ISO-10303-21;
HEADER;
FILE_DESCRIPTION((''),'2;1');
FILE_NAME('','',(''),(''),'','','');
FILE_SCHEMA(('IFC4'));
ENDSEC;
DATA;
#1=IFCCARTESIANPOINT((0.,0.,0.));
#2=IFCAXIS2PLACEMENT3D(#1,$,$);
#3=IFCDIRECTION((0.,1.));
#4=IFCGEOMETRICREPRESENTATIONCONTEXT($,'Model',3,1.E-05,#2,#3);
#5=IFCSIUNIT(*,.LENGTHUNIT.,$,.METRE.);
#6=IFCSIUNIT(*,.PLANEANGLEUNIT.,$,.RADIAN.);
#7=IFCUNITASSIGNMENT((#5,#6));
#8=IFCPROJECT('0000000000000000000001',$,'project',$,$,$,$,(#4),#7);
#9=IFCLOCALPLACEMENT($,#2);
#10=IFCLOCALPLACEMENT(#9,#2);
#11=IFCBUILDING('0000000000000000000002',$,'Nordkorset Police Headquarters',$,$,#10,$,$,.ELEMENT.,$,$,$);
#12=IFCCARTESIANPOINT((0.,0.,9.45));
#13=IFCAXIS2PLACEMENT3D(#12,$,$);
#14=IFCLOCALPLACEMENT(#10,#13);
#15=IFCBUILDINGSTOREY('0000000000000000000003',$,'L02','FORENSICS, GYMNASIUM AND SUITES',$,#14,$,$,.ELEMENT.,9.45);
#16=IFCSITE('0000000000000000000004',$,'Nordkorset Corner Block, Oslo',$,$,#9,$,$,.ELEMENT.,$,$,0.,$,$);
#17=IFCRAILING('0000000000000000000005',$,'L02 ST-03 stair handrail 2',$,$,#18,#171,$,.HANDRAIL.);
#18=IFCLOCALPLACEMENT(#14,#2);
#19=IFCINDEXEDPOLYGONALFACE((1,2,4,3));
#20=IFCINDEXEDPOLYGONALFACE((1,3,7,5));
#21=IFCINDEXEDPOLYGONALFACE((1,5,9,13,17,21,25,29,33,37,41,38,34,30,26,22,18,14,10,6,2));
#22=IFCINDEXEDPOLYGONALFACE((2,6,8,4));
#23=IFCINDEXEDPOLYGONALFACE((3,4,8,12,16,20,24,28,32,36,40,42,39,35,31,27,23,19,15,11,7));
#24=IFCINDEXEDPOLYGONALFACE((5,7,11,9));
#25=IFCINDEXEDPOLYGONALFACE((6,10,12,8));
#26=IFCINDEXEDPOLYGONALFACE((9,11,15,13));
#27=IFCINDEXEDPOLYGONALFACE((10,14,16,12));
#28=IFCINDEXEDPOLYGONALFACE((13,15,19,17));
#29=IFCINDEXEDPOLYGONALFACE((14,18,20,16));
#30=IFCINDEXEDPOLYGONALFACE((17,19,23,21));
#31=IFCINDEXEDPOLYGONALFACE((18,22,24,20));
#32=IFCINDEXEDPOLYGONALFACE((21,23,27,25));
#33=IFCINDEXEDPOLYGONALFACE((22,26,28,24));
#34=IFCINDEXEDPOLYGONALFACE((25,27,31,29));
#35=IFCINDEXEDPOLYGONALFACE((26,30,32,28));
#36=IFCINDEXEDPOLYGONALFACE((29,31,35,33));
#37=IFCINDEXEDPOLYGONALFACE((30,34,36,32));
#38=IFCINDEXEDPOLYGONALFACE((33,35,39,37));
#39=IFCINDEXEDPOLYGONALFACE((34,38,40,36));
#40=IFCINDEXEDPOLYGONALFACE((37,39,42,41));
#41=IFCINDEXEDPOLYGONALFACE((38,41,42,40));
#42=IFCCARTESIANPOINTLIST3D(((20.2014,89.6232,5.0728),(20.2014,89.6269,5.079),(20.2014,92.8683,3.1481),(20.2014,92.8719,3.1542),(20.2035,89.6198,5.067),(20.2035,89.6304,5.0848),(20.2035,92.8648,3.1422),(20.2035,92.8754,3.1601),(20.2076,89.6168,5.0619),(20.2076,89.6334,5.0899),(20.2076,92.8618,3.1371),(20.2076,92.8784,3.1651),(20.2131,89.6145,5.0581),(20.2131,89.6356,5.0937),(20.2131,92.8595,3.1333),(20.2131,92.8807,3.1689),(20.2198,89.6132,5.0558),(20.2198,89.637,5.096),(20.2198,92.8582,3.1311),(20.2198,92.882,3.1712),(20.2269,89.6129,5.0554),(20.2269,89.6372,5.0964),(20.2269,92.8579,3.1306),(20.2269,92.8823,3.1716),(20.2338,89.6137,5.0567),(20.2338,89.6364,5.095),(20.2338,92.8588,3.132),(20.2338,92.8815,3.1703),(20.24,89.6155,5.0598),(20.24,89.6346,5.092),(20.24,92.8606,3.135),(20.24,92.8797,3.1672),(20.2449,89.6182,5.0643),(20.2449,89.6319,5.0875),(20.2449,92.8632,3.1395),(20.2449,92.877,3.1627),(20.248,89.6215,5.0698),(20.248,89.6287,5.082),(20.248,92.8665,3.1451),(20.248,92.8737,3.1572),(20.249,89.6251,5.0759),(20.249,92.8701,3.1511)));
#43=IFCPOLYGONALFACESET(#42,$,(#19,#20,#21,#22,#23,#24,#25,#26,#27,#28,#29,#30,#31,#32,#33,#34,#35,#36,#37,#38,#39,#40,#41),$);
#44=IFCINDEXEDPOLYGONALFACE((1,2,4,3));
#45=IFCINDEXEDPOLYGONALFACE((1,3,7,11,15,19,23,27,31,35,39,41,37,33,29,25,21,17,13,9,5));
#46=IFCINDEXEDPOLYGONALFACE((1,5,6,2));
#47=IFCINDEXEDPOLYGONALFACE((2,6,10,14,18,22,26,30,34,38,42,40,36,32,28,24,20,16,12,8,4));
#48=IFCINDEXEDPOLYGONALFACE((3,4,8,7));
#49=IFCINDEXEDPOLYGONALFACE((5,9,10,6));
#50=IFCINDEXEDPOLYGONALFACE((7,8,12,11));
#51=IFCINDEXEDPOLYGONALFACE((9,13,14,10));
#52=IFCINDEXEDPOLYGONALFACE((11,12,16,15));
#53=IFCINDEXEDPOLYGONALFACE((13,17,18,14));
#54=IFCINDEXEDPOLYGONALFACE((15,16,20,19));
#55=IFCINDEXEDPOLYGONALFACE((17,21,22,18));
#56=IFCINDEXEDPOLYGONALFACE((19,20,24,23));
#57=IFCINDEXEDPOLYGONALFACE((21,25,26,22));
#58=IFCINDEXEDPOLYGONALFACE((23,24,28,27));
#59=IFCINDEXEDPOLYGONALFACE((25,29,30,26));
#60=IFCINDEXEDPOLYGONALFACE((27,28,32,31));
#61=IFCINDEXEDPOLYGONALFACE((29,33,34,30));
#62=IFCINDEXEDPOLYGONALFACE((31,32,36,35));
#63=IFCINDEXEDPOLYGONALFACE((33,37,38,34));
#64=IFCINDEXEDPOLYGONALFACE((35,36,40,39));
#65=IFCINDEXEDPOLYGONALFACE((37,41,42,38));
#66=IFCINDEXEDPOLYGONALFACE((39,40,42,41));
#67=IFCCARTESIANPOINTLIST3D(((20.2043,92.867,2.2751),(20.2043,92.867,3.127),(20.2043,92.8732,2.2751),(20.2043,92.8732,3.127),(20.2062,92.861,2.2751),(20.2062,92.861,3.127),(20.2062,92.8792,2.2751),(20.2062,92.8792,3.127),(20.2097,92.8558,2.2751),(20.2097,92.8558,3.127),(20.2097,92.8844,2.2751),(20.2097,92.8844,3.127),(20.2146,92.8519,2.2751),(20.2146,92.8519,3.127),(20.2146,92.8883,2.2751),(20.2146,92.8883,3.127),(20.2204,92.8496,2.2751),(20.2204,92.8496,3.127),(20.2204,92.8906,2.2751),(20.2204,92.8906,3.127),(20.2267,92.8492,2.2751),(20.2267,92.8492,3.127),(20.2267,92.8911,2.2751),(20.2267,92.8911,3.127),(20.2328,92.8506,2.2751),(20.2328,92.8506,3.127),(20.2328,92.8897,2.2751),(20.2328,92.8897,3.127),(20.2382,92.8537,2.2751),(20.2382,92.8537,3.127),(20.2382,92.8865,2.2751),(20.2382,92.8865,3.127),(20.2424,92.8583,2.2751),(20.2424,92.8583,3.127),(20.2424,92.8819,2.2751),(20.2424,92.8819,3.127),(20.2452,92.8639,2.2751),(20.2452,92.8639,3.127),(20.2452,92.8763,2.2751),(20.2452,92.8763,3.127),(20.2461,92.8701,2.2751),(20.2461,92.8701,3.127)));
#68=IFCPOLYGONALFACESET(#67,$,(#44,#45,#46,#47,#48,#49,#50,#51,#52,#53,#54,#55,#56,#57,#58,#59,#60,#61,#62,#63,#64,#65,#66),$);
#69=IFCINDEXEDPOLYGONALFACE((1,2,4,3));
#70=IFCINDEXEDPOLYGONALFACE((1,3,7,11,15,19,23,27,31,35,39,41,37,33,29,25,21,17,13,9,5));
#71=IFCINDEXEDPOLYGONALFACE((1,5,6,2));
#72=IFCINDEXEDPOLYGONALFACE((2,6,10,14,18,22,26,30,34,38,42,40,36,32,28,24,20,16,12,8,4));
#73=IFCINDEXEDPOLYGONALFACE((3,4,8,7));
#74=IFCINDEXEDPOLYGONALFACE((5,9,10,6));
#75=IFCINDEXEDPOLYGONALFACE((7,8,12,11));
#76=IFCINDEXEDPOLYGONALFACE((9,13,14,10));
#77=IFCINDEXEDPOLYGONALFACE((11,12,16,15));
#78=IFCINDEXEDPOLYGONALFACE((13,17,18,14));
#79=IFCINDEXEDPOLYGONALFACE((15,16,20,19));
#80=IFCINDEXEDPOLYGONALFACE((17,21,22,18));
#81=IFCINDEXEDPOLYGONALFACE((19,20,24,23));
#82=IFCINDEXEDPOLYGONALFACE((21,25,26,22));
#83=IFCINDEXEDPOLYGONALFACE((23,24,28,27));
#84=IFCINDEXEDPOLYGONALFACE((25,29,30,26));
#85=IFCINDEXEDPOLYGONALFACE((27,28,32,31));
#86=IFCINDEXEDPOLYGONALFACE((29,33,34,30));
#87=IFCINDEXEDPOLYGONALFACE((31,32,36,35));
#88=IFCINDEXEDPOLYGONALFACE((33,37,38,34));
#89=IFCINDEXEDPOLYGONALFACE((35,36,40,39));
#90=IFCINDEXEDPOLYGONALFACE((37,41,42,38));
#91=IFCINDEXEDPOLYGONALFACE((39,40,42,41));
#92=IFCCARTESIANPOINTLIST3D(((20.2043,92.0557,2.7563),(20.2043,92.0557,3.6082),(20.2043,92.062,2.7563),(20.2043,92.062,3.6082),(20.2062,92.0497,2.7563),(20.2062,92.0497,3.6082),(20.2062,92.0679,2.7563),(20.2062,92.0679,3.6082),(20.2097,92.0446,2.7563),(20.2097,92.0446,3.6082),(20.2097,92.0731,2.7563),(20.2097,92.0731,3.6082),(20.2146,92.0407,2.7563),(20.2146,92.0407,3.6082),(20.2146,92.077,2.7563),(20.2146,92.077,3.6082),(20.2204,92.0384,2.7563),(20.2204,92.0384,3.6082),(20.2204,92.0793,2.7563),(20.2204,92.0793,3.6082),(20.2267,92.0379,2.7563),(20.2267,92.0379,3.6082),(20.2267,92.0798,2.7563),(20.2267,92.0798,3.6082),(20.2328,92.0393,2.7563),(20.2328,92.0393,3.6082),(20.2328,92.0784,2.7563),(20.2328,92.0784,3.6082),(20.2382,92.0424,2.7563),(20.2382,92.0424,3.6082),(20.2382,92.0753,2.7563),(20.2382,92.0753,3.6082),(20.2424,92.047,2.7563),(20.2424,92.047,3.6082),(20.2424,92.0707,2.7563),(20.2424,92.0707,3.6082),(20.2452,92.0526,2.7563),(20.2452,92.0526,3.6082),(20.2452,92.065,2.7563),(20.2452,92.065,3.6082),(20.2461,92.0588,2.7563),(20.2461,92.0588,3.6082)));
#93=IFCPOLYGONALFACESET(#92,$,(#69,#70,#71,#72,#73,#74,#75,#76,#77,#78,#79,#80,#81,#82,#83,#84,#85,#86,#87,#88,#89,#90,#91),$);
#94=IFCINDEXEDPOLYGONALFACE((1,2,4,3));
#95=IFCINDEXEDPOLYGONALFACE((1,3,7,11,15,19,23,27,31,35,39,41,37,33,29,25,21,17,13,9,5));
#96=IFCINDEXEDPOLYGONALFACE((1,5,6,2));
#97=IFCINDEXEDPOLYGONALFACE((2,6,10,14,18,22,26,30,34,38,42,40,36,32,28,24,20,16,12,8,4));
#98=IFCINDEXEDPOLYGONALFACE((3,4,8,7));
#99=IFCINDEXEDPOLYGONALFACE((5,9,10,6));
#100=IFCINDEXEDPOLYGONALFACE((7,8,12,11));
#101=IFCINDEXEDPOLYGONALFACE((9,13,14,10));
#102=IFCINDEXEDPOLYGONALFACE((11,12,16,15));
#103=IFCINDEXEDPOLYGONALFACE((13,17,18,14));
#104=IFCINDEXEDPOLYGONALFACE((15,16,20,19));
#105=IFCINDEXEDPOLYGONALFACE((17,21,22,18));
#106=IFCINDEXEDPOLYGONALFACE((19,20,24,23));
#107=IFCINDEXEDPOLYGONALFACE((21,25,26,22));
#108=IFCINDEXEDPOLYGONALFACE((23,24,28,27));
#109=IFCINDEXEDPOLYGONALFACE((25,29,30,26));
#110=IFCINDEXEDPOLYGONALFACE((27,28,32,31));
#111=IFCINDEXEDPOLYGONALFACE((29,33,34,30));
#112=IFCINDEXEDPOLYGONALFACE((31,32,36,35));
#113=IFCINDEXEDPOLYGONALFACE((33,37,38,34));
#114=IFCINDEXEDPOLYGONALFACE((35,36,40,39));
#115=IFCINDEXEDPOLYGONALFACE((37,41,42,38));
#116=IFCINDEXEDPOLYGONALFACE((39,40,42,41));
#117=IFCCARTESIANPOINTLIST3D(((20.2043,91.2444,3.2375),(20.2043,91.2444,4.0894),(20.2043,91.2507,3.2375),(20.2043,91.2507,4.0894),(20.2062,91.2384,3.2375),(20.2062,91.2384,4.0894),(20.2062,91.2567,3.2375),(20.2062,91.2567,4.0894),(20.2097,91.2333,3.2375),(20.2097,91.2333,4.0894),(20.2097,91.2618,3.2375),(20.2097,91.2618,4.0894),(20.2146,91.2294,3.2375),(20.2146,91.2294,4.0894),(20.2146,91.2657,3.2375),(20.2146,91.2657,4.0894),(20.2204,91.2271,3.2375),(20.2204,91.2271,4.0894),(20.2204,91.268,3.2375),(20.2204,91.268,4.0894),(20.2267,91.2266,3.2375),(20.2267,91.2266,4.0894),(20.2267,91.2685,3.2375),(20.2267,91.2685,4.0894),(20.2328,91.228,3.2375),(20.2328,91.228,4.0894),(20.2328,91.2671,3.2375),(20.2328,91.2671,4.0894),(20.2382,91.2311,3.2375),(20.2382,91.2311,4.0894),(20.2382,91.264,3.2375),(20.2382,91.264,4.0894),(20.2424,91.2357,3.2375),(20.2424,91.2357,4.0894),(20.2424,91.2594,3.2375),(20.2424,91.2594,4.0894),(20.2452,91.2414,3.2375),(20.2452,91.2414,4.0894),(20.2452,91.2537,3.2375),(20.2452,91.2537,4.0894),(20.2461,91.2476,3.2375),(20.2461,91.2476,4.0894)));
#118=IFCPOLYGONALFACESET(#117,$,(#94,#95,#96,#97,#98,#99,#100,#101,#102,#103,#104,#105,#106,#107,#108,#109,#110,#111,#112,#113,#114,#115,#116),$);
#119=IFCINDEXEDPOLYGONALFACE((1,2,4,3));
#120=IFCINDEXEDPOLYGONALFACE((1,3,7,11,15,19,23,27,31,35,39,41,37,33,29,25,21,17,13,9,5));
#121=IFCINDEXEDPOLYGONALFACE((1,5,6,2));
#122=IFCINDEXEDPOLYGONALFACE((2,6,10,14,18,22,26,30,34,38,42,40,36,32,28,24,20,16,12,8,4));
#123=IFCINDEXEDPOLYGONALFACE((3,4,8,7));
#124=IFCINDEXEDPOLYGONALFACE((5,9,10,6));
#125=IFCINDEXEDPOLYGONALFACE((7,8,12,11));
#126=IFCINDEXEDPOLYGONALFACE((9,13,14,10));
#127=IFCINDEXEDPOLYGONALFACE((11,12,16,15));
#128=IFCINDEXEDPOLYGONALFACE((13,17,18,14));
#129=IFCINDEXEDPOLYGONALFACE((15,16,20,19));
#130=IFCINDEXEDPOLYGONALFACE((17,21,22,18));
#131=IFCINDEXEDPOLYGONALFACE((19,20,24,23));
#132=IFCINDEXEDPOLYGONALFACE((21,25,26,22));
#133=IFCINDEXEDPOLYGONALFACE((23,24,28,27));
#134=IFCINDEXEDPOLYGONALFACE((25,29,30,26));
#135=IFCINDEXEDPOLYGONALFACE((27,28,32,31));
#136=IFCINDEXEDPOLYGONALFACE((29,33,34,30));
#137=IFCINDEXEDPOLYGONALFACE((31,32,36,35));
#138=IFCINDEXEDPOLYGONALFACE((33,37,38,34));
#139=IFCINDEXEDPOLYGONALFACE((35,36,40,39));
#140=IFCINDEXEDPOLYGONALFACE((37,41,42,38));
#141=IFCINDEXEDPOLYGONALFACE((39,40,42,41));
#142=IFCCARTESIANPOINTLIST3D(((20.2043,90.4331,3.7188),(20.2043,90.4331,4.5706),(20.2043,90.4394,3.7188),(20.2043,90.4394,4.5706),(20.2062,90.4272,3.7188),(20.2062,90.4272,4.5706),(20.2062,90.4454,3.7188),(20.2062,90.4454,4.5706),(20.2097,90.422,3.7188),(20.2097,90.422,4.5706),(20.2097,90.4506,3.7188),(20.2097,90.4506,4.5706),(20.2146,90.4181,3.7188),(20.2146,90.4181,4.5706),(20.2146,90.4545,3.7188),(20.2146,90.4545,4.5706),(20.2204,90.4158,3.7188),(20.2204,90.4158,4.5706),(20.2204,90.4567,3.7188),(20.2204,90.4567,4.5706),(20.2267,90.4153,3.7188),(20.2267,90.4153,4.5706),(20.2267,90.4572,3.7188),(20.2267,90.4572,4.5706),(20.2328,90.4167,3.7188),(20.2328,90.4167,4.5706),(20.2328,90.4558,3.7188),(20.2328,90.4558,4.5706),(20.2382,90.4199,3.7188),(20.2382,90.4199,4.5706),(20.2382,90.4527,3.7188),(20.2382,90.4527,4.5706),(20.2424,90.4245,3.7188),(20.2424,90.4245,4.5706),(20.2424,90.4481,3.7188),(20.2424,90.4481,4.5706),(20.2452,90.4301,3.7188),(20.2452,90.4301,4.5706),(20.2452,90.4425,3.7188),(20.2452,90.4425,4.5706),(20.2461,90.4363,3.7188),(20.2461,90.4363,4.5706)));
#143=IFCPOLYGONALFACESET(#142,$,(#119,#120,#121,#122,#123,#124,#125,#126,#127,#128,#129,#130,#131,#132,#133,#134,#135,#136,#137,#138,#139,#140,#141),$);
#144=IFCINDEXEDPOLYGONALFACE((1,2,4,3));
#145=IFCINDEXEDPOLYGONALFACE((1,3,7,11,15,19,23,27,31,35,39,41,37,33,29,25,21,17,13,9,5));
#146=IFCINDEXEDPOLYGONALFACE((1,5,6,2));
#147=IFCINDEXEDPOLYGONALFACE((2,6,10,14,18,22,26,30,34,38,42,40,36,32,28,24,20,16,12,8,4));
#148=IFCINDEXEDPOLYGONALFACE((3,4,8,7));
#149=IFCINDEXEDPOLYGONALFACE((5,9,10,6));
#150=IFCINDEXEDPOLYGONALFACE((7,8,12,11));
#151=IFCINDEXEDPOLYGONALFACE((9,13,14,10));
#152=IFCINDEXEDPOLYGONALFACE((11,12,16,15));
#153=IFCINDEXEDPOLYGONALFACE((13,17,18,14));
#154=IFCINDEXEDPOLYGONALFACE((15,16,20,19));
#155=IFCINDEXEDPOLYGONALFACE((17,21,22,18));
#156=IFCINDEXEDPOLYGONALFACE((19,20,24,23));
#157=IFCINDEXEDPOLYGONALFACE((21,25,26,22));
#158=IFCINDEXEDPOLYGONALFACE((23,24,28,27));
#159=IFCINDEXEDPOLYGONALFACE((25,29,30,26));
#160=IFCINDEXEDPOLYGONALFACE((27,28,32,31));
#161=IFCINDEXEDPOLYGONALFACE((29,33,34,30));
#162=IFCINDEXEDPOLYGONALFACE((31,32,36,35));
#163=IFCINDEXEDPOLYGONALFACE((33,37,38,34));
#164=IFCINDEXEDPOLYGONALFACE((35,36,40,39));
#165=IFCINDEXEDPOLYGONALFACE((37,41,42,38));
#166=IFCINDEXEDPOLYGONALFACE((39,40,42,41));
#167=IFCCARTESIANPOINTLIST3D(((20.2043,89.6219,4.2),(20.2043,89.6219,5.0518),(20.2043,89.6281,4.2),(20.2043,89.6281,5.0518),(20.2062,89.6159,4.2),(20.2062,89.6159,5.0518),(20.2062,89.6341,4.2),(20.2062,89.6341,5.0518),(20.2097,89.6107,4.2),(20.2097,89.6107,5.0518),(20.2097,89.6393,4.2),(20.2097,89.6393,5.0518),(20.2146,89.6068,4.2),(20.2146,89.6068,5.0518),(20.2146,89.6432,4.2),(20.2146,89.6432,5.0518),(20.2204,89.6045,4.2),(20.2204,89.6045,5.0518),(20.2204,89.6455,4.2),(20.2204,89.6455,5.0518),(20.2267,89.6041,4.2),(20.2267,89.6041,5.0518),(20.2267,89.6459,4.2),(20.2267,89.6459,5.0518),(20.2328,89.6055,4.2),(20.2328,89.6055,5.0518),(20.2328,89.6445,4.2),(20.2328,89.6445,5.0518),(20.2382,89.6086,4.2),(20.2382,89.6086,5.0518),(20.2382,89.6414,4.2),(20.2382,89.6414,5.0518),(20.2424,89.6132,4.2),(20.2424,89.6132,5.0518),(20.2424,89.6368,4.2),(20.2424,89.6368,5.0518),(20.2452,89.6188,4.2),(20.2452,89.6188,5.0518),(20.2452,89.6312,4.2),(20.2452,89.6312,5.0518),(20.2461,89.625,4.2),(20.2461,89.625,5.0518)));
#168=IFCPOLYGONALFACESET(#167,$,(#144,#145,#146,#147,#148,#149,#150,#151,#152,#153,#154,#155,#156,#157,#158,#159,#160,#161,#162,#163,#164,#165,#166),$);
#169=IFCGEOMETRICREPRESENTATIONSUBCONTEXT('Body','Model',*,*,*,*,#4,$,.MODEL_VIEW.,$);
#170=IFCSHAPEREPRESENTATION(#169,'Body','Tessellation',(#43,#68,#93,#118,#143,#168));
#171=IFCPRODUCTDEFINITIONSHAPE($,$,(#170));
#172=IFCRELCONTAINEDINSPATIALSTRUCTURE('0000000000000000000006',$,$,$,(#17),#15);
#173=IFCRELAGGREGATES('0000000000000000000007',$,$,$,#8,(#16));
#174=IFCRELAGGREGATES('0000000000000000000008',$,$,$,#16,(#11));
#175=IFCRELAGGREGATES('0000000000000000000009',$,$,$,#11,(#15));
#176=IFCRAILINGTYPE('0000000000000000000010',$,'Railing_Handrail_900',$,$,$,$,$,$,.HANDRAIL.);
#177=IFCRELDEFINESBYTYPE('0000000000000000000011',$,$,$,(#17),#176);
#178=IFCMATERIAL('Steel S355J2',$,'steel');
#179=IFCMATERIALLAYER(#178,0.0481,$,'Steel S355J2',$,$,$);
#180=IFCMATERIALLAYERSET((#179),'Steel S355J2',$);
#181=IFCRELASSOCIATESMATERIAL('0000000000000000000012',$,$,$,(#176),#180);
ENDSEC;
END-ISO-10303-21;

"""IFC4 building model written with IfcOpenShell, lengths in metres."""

from ifc_helpers import new_model, si_unit, direction, frame, origin, origin_2d, place, context, subcontext, project, spatial, circle, extrude, material, layer, layer_set, type_object, element, save


model = new_model("IFC4")

# Units and contexts
model_context = context("Model", 3, precision=1e-05, world=origin(), true_north=direction((0.0, 1.0)))
body_context = subcontext(model_context, "Body", "Model", "MODEL_VIEW")
ifc_project = project(units=[si_unit("LENGTHUNIT", "METRE"), si_unit("PLANEANGLEUNIT", "RADIAN")], contexts=[model_context])

# Site, building, storey
site_placement = place(None, origin())
site = spatial("IfcSite", under=ifc_project, at=site_placement, Name="Nordkorset Corner Block, Oslo", CompositionType="ELEMENT", RefElevation=0.0)
building_placement = place(site_placement, origin())
building = spatial("IfcBuilding", under=site, at=building_placement, Name="Nordkorset Police Headquarters", CompositionType="ELEMENT")
storey_placement = place(building_placement, frame((0.0, 0.0, 9.45)))
storey = spatial("IfcBuildingStorey", under=building, at=storey_placement, Name="L02", Description="FORENSICS, GYMNASIUM AND SUITES", CompositionType="ELEMENT", Elevation=9.45)

# Railing
ifc_material_1 = material(Name="Steel S355J2", Category="steel")
ifc_layer_1 = layer(ifc_material_1, 0.0481, Name="Steel S355J2")
ifc_layer_set_1 = layer_set([ifc_layer_1], Name="Steel S355J2")
railing_type_1 = type_object("IfcRailingType", Name="Railing_Handrail_900", PredefinedType="HANDRAIL", material=ifc_layer_set_1)
railing_1_placement = place(storey_placement, frame((20.2251, 92.8701, 2.2751)))
element("IfcRailing", 1, at=railing_1_placement, inside=storey, type_object=railing_type_1, Name="L02 ST-03 stair handrail 2", PredefinedType="HANDRAIL", context=body_context, shape_type="SweptSolid", body=[
    extrude(circle(Radius=0.0239, at=origin_2d()), frame((0.0, 0.0, 0.876), z_axis=(0.0, -0.860085, 0.51015), x_axis=(1.0, 0.0, 0.0)), (0.0, 0.0, 1.0), 3.7729),
    extrude(circle(Radius=0.021, at=origin_2d()), origin(), (0.0, 0.0, 1.0), 0.8518),
    extrude(circle(Radius=0.021, at=origin_2d()), frame((0.0, -0.8113, 0.4812)), (0.0, 0.0, 1.0), 0.8518),
    extrude(circle(Radius=0.021, at=origin_2d()), frame((0.0, -1.6226, 0.9624)), (0.0, 0.0, 1.0), 0.8518),
    extrude(circle(Radius=0.021, at=origin_2d()), frame((0.0, -2.4338, 1.4436)), (0.0, 0.0, 1.0), 0.8518),
    extrude(circle(Radius=0.021, at=origin_2d()), frame((0.0, -3.2451, 1.9248)), (0.0, 0.0, 1.0), 0.8518),
])

save(model, "model.ifc")
